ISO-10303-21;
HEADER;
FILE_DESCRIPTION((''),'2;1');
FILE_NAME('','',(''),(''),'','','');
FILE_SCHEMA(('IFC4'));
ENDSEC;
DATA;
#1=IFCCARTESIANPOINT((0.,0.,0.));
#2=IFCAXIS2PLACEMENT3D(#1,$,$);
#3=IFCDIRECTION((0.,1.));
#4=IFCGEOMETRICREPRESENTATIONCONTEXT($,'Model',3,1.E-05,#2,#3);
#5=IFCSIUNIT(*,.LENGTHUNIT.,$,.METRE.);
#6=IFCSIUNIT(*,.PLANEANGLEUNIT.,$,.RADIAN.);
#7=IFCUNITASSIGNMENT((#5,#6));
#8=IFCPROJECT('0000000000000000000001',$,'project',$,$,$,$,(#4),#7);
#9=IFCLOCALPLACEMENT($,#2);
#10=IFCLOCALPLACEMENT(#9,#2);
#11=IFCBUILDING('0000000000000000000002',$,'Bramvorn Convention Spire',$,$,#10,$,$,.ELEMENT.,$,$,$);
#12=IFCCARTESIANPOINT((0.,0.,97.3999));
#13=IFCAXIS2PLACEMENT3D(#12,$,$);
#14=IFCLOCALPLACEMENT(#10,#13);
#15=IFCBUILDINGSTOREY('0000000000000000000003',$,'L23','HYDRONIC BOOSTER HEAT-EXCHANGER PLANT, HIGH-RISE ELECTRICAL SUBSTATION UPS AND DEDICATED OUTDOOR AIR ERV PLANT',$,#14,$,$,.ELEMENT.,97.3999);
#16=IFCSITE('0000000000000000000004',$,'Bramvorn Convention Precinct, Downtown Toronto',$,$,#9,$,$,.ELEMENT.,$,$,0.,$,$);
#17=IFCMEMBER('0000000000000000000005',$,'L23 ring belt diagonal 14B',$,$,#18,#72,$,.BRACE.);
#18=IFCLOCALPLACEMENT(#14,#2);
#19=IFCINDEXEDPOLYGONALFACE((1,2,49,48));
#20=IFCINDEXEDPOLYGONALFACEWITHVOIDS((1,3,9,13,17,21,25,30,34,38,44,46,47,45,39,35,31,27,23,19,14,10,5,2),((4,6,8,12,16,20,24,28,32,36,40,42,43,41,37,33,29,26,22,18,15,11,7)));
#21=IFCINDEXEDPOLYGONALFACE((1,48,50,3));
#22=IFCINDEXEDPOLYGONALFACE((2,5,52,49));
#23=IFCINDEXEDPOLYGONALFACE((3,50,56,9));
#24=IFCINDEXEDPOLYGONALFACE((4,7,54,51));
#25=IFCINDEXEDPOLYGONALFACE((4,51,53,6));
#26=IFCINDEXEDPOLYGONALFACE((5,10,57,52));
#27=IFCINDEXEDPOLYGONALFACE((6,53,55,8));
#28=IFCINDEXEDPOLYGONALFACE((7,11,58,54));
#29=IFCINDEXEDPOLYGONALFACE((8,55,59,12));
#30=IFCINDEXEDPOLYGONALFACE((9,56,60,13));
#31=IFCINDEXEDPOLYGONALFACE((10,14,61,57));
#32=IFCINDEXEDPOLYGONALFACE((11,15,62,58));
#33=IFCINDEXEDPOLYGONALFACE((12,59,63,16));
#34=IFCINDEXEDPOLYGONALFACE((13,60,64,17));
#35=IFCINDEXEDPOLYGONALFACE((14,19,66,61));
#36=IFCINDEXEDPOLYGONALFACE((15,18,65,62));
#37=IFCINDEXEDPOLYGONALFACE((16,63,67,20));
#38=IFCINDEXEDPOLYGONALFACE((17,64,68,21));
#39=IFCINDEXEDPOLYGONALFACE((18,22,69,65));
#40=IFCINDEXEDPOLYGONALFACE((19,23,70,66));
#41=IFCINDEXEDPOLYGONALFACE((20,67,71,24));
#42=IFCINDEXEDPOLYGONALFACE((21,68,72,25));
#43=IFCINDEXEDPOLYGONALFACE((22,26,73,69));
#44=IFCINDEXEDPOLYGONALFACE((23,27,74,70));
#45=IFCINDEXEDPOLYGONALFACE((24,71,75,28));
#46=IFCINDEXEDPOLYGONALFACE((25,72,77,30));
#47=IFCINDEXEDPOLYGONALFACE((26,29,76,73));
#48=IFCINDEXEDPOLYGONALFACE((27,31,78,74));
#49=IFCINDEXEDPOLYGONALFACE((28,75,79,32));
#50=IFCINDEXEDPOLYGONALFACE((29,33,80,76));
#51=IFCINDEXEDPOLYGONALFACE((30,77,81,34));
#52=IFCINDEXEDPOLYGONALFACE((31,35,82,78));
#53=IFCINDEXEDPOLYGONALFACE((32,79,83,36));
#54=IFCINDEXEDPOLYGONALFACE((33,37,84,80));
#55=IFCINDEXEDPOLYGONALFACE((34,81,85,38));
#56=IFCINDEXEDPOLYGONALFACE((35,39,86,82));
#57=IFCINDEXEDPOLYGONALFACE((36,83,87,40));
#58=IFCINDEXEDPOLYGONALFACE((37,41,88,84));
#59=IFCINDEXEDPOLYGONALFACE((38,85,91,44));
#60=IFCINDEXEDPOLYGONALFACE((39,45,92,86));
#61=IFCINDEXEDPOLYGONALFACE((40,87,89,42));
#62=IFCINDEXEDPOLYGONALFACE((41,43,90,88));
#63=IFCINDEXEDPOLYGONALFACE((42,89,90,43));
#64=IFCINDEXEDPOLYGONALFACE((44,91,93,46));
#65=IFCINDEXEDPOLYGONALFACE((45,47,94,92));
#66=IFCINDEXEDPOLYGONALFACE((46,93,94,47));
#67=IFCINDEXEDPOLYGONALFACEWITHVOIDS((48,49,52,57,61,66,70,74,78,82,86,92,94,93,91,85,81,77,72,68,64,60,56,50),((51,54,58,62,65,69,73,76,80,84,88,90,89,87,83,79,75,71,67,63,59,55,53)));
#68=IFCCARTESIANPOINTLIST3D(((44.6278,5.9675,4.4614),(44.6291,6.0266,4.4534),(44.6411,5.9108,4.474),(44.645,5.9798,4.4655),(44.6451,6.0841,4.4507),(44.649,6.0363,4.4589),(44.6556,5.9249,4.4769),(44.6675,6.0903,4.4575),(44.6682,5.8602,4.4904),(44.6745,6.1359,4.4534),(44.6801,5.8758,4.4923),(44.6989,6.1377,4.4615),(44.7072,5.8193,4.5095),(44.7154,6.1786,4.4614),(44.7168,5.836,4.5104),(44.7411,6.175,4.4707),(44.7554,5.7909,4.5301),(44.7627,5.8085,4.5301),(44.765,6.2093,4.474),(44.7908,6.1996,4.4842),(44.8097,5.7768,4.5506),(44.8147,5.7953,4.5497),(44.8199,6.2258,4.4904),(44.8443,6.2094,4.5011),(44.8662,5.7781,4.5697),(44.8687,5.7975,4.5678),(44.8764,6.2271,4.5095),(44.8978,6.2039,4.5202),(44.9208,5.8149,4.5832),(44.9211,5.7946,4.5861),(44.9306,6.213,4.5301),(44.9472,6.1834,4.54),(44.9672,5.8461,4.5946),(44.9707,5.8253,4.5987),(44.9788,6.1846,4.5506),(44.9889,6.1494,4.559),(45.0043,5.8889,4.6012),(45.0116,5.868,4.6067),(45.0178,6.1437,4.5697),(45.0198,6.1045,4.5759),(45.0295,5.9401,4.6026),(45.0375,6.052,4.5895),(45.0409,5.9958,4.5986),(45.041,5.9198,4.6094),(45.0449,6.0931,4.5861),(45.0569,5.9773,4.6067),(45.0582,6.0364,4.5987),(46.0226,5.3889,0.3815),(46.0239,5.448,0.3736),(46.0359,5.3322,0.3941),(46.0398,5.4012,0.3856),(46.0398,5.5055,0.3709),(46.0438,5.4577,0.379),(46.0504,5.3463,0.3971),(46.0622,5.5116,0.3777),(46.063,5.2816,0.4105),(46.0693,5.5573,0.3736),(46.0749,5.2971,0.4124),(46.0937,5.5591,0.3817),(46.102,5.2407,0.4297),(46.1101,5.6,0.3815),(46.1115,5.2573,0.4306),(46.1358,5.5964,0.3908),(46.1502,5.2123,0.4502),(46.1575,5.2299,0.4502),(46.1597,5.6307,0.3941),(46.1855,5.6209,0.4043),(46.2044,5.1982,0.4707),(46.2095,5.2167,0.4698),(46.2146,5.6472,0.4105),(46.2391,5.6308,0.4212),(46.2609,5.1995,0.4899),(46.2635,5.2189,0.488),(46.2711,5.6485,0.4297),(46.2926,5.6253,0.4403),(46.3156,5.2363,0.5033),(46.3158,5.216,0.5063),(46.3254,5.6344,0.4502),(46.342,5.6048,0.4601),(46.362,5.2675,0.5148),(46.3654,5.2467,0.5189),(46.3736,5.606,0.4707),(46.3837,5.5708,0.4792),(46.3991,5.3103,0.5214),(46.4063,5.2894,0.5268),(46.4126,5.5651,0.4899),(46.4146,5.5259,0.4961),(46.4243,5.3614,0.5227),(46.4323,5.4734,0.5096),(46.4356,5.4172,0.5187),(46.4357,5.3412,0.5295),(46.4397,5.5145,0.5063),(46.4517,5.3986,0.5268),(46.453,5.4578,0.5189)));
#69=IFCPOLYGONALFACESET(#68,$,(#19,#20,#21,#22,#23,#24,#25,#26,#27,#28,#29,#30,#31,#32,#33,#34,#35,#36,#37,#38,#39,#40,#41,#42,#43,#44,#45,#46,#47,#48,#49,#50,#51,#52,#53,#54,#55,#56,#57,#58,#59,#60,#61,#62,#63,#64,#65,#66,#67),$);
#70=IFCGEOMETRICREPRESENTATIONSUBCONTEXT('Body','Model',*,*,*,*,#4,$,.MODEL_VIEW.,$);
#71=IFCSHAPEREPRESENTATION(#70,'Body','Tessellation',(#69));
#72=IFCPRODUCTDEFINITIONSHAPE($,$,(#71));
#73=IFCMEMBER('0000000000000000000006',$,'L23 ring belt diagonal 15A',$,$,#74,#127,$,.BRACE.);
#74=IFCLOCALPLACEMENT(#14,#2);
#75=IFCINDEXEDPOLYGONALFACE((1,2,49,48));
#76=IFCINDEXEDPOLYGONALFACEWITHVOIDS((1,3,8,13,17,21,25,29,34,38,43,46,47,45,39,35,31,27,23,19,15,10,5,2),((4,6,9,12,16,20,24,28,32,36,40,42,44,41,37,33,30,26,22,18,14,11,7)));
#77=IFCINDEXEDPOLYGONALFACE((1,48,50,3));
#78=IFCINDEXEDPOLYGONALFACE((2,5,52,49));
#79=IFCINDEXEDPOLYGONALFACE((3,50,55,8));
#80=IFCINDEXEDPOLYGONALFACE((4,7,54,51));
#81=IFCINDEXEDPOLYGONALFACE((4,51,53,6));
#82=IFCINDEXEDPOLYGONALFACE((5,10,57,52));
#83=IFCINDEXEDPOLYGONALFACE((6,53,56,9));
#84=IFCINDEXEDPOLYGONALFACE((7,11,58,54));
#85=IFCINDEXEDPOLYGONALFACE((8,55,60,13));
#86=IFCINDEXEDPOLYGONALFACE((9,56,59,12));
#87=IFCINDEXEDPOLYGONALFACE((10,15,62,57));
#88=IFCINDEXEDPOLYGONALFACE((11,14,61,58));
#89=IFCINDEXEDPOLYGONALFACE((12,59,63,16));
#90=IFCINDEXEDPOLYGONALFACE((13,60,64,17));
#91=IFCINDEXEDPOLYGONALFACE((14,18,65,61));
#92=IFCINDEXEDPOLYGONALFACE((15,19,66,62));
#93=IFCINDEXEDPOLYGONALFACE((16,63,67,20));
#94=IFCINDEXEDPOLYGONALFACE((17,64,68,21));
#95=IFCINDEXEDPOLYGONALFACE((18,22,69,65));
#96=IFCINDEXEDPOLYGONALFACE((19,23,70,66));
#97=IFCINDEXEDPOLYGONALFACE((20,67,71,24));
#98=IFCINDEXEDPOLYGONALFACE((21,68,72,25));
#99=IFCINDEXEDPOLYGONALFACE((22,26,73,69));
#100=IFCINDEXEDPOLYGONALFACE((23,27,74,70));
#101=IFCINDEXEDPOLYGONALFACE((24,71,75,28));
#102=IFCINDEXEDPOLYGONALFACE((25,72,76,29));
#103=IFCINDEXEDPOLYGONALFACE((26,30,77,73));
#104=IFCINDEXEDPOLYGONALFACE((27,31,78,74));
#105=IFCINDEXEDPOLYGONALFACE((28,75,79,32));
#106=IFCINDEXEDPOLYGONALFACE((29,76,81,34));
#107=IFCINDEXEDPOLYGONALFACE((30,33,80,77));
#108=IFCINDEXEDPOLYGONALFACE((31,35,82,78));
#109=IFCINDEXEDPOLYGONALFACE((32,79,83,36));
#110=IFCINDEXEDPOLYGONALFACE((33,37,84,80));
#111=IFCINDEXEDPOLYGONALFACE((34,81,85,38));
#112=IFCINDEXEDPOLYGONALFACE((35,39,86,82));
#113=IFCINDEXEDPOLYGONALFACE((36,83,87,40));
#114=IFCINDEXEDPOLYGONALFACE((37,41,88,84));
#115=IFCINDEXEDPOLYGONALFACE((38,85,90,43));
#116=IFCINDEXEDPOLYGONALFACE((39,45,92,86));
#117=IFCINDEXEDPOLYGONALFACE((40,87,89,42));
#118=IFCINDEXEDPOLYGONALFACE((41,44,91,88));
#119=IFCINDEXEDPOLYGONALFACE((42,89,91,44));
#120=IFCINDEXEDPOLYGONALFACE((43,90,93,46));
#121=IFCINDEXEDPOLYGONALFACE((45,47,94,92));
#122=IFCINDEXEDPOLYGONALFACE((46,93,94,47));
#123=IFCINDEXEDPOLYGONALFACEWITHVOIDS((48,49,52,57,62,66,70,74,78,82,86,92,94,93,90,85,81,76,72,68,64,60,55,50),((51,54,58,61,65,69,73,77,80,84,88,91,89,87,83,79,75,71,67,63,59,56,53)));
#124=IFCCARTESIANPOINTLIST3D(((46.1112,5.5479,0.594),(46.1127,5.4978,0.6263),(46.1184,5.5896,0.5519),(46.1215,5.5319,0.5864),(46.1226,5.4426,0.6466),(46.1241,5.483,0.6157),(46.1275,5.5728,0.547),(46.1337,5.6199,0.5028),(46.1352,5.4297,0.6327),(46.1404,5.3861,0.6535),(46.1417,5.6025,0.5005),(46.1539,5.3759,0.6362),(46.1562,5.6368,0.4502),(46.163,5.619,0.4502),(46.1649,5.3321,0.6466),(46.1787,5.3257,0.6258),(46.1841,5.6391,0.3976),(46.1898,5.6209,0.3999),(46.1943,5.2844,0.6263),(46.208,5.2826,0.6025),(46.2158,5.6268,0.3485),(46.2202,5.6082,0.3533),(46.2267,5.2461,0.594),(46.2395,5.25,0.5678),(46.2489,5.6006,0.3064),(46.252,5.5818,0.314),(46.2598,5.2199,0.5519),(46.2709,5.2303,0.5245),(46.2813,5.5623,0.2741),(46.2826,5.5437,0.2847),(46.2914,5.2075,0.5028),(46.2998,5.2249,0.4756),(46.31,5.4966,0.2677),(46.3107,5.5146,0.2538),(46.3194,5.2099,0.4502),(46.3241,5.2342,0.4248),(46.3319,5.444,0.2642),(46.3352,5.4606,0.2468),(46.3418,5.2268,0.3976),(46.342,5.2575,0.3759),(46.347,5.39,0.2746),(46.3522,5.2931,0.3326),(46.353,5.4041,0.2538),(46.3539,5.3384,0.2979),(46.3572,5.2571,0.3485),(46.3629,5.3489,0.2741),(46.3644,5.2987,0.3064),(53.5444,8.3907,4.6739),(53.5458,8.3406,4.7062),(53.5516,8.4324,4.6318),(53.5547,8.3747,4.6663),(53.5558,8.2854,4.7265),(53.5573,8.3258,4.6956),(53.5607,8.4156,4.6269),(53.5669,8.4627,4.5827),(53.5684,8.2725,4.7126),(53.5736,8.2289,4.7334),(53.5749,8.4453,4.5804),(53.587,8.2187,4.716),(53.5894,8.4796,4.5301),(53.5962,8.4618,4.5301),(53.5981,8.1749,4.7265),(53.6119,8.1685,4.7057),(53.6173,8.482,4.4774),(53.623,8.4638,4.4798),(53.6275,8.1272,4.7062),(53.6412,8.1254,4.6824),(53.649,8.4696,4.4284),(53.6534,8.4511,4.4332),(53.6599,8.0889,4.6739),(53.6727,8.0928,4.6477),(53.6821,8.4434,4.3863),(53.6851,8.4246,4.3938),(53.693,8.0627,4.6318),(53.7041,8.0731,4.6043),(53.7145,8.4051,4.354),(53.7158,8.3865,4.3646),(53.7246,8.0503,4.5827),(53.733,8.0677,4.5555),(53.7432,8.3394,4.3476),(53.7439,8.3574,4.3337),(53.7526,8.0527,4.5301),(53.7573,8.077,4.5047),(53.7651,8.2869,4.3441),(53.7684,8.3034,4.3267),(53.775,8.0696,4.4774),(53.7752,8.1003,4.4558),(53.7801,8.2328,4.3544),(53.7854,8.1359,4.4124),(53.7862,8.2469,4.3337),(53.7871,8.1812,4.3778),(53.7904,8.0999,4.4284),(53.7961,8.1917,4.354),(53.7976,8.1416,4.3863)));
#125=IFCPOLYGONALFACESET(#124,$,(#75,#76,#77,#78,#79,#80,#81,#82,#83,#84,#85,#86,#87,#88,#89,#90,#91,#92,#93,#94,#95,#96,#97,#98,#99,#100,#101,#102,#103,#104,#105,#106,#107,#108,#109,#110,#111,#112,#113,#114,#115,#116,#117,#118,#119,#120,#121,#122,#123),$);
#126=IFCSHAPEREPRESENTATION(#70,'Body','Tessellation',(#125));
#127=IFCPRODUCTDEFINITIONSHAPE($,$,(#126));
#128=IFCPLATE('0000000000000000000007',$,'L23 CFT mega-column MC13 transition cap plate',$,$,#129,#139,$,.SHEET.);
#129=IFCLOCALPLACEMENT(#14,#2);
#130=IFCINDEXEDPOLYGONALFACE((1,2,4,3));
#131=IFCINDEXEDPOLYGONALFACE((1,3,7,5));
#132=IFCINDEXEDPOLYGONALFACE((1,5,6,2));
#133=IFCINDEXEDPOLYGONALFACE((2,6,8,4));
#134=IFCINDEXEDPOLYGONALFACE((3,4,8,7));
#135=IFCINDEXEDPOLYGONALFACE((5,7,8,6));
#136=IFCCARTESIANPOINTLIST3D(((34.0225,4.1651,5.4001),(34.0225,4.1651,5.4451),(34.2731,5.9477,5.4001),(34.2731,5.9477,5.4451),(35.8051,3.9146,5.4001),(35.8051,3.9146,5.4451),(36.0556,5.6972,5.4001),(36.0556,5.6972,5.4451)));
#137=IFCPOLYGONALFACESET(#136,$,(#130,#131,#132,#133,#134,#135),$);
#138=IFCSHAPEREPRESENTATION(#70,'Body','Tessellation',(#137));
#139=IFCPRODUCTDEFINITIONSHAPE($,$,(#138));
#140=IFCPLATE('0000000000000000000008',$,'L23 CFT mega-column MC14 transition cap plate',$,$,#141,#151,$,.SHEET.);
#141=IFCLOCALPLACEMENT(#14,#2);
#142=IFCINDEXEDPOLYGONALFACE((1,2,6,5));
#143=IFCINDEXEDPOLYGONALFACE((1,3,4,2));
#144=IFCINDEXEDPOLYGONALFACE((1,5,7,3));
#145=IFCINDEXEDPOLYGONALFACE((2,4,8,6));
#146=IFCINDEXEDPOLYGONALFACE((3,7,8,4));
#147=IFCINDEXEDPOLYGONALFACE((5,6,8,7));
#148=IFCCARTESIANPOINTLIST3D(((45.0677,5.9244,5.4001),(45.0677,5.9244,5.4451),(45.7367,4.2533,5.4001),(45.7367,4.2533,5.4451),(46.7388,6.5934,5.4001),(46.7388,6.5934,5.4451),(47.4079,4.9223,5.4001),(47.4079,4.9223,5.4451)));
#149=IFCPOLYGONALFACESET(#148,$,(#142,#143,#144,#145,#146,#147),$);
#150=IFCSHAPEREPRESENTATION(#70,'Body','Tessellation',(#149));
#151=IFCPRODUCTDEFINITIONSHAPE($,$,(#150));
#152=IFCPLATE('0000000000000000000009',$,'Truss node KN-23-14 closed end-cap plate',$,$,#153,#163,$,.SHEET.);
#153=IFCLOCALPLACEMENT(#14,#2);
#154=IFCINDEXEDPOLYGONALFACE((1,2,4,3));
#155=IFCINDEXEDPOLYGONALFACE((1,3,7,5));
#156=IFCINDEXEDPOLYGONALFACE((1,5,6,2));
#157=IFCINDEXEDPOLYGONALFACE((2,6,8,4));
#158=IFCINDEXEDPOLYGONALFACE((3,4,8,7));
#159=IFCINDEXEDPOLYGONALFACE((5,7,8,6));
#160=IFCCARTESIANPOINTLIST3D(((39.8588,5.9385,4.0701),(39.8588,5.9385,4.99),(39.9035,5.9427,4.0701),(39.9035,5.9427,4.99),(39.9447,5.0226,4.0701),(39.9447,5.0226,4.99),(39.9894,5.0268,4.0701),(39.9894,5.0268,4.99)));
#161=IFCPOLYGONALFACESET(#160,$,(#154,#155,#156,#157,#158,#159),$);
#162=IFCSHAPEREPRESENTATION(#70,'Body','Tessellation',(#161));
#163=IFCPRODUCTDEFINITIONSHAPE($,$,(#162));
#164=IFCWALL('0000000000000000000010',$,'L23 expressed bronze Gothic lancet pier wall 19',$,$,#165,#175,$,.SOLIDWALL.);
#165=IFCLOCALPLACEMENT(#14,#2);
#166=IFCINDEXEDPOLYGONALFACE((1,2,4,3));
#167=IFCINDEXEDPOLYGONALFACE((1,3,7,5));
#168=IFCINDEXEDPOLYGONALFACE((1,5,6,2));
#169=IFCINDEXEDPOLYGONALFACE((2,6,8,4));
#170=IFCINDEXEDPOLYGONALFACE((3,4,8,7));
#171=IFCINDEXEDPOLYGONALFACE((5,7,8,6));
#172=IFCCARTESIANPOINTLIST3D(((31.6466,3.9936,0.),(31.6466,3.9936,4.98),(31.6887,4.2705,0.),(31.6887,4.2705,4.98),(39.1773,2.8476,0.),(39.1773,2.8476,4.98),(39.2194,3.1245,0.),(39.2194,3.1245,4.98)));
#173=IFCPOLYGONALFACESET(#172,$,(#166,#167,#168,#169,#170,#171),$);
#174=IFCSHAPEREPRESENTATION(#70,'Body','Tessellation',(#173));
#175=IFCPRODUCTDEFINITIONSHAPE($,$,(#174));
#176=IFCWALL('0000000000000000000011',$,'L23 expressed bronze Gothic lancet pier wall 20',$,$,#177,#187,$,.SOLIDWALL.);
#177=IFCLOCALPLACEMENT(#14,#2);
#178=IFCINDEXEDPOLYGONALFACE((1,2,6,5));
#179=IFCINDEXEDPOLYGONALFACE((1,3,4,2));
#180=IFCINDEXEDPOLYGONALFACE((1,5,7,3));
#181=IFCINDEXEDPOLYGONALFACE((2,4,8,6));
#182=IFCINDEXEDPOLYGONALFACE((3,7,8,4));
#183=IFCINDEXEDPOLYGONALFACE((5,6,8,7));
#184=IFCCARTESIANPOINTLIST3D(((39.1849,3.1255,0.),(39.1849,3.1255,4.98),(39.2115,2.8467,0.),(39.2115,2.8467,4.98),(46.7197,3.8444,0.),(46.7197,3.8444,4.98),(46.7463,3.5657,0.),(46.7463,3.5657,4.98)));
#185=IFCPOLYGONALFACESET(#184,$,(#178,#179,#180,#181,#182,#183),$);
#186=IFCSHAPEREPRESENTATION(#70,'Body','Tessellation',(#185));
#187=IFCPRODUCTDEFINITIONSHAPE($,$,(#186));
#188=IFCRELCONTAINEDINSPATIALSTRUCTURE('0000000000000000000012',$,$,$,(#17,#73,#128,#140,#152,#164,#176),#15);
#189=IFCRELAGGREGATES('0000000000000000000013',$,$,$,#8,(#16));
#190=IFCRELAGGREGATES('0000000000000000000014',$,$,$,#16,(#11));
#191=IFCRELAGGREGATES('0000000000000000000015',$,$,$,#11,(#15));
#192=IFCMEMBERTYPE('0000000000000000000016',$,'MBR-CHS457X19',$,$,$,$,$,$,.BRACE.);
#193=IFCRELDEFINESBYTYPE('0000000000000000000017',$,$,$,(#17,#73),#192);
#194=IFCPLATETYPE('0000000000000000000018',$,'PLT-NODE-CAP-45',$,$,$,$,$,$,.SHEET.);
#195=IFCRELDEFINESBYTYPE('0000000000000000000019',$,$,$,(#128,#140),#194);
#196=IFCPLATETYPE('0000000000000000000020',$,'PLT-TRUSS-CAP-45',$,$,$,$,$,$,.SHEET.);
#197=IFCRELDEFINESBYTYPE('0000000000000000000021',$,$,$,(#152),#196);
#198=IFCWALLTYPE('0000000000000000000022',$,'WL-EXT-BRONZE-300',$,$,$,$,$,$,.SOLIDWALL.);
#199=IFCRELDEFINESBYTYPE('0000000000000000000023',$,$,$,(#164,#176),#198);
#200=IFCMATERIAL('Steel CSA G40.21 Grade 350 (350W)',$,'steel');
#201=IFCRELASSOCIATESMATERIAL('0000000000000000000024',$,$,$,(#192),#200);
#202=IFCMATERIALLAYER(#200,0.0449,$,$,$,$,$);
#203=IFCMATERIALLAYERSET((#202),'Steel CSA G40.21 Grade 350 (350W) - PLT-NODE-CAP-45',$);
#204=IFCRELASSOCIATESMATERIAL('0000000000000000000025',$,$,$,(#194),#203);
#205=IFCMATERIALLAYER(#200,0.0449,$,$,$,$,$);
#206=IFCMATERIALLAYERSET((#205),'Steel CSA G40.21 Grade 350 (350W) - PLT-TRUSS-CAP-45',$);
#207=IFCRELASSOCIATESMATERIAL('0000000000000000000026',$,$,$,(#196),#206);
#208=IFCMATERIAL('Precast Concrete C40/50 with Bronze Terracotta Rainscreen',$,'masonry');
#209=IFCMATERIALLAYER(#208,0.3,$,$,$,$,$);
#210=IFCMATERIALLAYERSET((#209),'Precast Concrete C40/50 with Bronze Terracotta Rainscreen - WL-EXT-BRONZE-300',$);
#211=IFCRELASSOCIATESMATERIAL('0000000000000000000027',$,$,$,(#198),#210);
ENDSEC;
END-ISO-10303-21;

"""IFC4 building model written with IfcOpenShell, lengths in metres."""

from ifc_helpers import new_model, si_unit, direction, frame, frame_2d, origin, origin_2d, place, context, subcontext, project, spatial, rectangle, hollow_circle, extrude, material, layer, layer_set, material_profile, profile_set, type_object, element, save


model = new_model("IFC4")

# Units and contexts
model_context = context("Model", 3, precision=1e-05, world=origin(), true_north=direction((0.0, 1.0)))
body_context = subcontext(model_context, "Body", "Model", "MODEL_VIEW")
ifc_project = project(units=[si_unit("LENGTHUNIT", "METRE"), si_unit("PLANEANGLEUNIT", "RADIAN")], contexts=[model_context])

# Site, building, storey
site_placement = place(None, origin())
site = spatial("IfcSite", under=ifc_project, at=site_placement, Name="Bramvorn Convention Precinct, Downtown Toronto", CompositionType="ELEMENT", RefElevation=0.0)
building_placement = place(site_placement, origin())
building = spatial("IfcBuilding", under=site, at=building_placement, Name="Bramvorn Convention Spire", CompositionType="ELEMENT")
storey_placement = place(building_placement, frame((0.0, 0.0, 97.3999)))
storey = spatial("IfcBuildingStorey", under=building, at=storey_placement, Name="L23", Description="HYDRONIC BOOSTER HEAT-EXCHANGER PLANT, HIGH-RISE ELECTRICAL SUBSTATION UPS AND DEDICATED OUTDOOR AIR ERV PLANT", CompositionType="ELEMENT", Elevation=97.3999)

# Shared definitions
ifc_material_1 = material(Name="Steel CSA G40.21 Grade 350 (350W)", Category="steel")

# Members
ifc_material_profile_1 = material_profile(ifc_material_1, hollow_circle(Radius=0.2285, WallThickness=0.019, at=origin_2d()))
ifc_profile_set_1 = profile_set([ifc_material_profile_1], Name="Steel CSA G40.21 Grade 350 (350W) - CHS457X19")
member_type_1 = type_object("IfcMemberType", Name="MBR-CHS457X19", PredefinedType="BRACE", material=ifc_profile_set_1)
member_1_placement = place(storey_placement, frame((46.2378, 5.4233, 0.4502), z_axis=(-0.320615, 0.133005, 0.937825), x_axis=(-0.38318, -0.923674, 0.0)))
element("IfcMember", 1, at=member_1_placement, inside=storey, type_object=member_type_1, Name="L23 ring belt diagonal 14B", PredefinedType="BRACE", context=body_context, shape_type="SweptSolid", body=[
    extrude(hollow_circle(Radius=0.2285, WallThickness=0.019, at=origin_2d()), origin(), (0.0, 0.0, 1.0), 4.3503),
])
member_2_placement = place(storey_placement, frame((46.2378, 5.4233, 0.4502), z_axis=(0.831164, 0.317877, 0.456204), x_axis=(-0.357215, 0.934022, 0.0)))
element("IfcMember", 2, at=member_2_placement, inside=storey, type_object=member_type_1, Name="L23 ring belt diagonal 15A", PredefinedType="BRACE", context=body_context, shape_type="SweptSolid", body=[
    extrude(hollow_circle(Radius=0.2285, WallThickness=0.019, at=origin_2d()), origin(), (0.0, 0.0, 1.0), 8.9431),
])

# Plates
ifc_layer_1 = layer(ifc_material_1, 0.0449)
ifc_layer_set_1 = layer_set([ifc_layer_1], Name="Steel CSA G40.21 Grade 350 (350W) - PLT-NODE-CAP-45")
plate_type_1 = type_object("IfcPlateType", Name="PLT-NODE-CAP-45", PredefinedType="SHEET", material=ifc_layer_set_1)
for number, where, z_axis, x_axis, name in (
    (3, (35.0391, 4.9312, 5.4001), (0.0, 0.0, 1.0), (-0.139171, -0.990268, 0.0), "L23 CFT mega-column MC13 transition cap plate"),
    (4, (46.2378, 5.4233, 5.4001), (0.0, 0.0, 1.0), (0.371664, -0.928367, 0.0), "L23 CFT mega-column MC14 transition cap plate"),
):
    element("IfcPlate", number, at=place(storey_placement, frame(where, z_axis=z_axis, x_axis=x_axis)), inside=storey, type_object=plate_type_1, Name=name, PredefinedType="SHEET", context=body_context, shape_type="SweptSolid", body=[
        extrude(rectangle(XDim=1.8, YDim=1.8, at=origin_2d()), origin(), (0.0, 0.0, 1.0), 0.0449),
    ])
ifc_layer_2 = layer(ifc_material_1, 0.0449)
ifc_layer_set_2 = layer_set([ifc_layer_2], Name="Steel CSA G40.21 Grade 350 (350W) - PLT-TRUSS-CAP-45")
plate_type_2 = type_object("IfcPlateType", Name="PLT-TRUSS-CAP-45", PredefinedType="SHEET", material=ifc_layer_set_2)
plate_placement = place(storey_placement, frame((39.9241, 5.4827, 4.0701), z_axis=(0.0, 0.0, 1.0), x_axis=(0.093364, -0.995632, 0.0)))
element("IfcPlate", 5, at=plate_placement, inside=storey, type_object=plate_type_2, Name="Truss node KN-23-14 closed end-cap plate", PredefinedType="SHEET", context=body_context, shape_type="SweptSolid", body=[
    extrude(rectangle(XDim=0.9199, YDim=0.0449, at=origin_2d()), origin(), (0.0, 0.0, 1.0), 0.9199),
])

# Walls
ifc_material_2 = material(Name="Precast Concrete C40/50 with Bronze Terracotta Rainscreen", Category="masonry")
ifc_layer_3 = layer(ifc_material_2, 0.3)
ifc_layer_set_3 = layer_set([ifc_layer_3], Name="Precast Concrete C40/50 with Bronze Terracotta Rainscreen - WL-EXT-BRONZE-300")
wall_type = type_object("IfcWallType", Name="WL-EXT-BRONZE-300", PredefinedType="SOLIDWALL", material=ifc_layer_set_3)
wall_1_placement = place(storey_placement, frame((39.1982, 2.9861, 0.0), z_axis=(0.0, 0.0, 1.0), x_axis=(-0.988619, 0.150443, 0.0)))
element("IfcWall", 6, at=wall_1_placement, inside=storey, type_object=wall_type, Name="L23 expressed bronze Gothic lancet pier wall 19", PredefinedType="SOLIDWALL", context=body_context, shape_type="SweptSolid", body=[
    extrude(rectangle(XDim=7.6174, YDim=0.28, at=frame_2d((3.8086, 0.0))), origin(), (0.0, 0.0, 1.0), 4.98),
])
wall_2_placement = place(storey_placement, frame((46.7332, 3.7051, 0.0), z_axis=(0.0, 0.0, 1.0), x_axis=(-0.995478, -0.09499, 0.0)))
element("IfcWall", 7, at=wall_2_placement, inside=storey, type_object=wall_type, Name="L23 expressed bronze Gothic lancet pier wall 20", PredefinedType="SOLIDWALL", context=body_context, shape_type="SweptSolid", body=[
    extrude(rectangle(XDim=7.5691, YDim=0.28, at=frame_2d((3.7847, 0.0))), origin(), (0.0, 0.0, 1.0), 4.98),
])

save(model, "model.ifc")
